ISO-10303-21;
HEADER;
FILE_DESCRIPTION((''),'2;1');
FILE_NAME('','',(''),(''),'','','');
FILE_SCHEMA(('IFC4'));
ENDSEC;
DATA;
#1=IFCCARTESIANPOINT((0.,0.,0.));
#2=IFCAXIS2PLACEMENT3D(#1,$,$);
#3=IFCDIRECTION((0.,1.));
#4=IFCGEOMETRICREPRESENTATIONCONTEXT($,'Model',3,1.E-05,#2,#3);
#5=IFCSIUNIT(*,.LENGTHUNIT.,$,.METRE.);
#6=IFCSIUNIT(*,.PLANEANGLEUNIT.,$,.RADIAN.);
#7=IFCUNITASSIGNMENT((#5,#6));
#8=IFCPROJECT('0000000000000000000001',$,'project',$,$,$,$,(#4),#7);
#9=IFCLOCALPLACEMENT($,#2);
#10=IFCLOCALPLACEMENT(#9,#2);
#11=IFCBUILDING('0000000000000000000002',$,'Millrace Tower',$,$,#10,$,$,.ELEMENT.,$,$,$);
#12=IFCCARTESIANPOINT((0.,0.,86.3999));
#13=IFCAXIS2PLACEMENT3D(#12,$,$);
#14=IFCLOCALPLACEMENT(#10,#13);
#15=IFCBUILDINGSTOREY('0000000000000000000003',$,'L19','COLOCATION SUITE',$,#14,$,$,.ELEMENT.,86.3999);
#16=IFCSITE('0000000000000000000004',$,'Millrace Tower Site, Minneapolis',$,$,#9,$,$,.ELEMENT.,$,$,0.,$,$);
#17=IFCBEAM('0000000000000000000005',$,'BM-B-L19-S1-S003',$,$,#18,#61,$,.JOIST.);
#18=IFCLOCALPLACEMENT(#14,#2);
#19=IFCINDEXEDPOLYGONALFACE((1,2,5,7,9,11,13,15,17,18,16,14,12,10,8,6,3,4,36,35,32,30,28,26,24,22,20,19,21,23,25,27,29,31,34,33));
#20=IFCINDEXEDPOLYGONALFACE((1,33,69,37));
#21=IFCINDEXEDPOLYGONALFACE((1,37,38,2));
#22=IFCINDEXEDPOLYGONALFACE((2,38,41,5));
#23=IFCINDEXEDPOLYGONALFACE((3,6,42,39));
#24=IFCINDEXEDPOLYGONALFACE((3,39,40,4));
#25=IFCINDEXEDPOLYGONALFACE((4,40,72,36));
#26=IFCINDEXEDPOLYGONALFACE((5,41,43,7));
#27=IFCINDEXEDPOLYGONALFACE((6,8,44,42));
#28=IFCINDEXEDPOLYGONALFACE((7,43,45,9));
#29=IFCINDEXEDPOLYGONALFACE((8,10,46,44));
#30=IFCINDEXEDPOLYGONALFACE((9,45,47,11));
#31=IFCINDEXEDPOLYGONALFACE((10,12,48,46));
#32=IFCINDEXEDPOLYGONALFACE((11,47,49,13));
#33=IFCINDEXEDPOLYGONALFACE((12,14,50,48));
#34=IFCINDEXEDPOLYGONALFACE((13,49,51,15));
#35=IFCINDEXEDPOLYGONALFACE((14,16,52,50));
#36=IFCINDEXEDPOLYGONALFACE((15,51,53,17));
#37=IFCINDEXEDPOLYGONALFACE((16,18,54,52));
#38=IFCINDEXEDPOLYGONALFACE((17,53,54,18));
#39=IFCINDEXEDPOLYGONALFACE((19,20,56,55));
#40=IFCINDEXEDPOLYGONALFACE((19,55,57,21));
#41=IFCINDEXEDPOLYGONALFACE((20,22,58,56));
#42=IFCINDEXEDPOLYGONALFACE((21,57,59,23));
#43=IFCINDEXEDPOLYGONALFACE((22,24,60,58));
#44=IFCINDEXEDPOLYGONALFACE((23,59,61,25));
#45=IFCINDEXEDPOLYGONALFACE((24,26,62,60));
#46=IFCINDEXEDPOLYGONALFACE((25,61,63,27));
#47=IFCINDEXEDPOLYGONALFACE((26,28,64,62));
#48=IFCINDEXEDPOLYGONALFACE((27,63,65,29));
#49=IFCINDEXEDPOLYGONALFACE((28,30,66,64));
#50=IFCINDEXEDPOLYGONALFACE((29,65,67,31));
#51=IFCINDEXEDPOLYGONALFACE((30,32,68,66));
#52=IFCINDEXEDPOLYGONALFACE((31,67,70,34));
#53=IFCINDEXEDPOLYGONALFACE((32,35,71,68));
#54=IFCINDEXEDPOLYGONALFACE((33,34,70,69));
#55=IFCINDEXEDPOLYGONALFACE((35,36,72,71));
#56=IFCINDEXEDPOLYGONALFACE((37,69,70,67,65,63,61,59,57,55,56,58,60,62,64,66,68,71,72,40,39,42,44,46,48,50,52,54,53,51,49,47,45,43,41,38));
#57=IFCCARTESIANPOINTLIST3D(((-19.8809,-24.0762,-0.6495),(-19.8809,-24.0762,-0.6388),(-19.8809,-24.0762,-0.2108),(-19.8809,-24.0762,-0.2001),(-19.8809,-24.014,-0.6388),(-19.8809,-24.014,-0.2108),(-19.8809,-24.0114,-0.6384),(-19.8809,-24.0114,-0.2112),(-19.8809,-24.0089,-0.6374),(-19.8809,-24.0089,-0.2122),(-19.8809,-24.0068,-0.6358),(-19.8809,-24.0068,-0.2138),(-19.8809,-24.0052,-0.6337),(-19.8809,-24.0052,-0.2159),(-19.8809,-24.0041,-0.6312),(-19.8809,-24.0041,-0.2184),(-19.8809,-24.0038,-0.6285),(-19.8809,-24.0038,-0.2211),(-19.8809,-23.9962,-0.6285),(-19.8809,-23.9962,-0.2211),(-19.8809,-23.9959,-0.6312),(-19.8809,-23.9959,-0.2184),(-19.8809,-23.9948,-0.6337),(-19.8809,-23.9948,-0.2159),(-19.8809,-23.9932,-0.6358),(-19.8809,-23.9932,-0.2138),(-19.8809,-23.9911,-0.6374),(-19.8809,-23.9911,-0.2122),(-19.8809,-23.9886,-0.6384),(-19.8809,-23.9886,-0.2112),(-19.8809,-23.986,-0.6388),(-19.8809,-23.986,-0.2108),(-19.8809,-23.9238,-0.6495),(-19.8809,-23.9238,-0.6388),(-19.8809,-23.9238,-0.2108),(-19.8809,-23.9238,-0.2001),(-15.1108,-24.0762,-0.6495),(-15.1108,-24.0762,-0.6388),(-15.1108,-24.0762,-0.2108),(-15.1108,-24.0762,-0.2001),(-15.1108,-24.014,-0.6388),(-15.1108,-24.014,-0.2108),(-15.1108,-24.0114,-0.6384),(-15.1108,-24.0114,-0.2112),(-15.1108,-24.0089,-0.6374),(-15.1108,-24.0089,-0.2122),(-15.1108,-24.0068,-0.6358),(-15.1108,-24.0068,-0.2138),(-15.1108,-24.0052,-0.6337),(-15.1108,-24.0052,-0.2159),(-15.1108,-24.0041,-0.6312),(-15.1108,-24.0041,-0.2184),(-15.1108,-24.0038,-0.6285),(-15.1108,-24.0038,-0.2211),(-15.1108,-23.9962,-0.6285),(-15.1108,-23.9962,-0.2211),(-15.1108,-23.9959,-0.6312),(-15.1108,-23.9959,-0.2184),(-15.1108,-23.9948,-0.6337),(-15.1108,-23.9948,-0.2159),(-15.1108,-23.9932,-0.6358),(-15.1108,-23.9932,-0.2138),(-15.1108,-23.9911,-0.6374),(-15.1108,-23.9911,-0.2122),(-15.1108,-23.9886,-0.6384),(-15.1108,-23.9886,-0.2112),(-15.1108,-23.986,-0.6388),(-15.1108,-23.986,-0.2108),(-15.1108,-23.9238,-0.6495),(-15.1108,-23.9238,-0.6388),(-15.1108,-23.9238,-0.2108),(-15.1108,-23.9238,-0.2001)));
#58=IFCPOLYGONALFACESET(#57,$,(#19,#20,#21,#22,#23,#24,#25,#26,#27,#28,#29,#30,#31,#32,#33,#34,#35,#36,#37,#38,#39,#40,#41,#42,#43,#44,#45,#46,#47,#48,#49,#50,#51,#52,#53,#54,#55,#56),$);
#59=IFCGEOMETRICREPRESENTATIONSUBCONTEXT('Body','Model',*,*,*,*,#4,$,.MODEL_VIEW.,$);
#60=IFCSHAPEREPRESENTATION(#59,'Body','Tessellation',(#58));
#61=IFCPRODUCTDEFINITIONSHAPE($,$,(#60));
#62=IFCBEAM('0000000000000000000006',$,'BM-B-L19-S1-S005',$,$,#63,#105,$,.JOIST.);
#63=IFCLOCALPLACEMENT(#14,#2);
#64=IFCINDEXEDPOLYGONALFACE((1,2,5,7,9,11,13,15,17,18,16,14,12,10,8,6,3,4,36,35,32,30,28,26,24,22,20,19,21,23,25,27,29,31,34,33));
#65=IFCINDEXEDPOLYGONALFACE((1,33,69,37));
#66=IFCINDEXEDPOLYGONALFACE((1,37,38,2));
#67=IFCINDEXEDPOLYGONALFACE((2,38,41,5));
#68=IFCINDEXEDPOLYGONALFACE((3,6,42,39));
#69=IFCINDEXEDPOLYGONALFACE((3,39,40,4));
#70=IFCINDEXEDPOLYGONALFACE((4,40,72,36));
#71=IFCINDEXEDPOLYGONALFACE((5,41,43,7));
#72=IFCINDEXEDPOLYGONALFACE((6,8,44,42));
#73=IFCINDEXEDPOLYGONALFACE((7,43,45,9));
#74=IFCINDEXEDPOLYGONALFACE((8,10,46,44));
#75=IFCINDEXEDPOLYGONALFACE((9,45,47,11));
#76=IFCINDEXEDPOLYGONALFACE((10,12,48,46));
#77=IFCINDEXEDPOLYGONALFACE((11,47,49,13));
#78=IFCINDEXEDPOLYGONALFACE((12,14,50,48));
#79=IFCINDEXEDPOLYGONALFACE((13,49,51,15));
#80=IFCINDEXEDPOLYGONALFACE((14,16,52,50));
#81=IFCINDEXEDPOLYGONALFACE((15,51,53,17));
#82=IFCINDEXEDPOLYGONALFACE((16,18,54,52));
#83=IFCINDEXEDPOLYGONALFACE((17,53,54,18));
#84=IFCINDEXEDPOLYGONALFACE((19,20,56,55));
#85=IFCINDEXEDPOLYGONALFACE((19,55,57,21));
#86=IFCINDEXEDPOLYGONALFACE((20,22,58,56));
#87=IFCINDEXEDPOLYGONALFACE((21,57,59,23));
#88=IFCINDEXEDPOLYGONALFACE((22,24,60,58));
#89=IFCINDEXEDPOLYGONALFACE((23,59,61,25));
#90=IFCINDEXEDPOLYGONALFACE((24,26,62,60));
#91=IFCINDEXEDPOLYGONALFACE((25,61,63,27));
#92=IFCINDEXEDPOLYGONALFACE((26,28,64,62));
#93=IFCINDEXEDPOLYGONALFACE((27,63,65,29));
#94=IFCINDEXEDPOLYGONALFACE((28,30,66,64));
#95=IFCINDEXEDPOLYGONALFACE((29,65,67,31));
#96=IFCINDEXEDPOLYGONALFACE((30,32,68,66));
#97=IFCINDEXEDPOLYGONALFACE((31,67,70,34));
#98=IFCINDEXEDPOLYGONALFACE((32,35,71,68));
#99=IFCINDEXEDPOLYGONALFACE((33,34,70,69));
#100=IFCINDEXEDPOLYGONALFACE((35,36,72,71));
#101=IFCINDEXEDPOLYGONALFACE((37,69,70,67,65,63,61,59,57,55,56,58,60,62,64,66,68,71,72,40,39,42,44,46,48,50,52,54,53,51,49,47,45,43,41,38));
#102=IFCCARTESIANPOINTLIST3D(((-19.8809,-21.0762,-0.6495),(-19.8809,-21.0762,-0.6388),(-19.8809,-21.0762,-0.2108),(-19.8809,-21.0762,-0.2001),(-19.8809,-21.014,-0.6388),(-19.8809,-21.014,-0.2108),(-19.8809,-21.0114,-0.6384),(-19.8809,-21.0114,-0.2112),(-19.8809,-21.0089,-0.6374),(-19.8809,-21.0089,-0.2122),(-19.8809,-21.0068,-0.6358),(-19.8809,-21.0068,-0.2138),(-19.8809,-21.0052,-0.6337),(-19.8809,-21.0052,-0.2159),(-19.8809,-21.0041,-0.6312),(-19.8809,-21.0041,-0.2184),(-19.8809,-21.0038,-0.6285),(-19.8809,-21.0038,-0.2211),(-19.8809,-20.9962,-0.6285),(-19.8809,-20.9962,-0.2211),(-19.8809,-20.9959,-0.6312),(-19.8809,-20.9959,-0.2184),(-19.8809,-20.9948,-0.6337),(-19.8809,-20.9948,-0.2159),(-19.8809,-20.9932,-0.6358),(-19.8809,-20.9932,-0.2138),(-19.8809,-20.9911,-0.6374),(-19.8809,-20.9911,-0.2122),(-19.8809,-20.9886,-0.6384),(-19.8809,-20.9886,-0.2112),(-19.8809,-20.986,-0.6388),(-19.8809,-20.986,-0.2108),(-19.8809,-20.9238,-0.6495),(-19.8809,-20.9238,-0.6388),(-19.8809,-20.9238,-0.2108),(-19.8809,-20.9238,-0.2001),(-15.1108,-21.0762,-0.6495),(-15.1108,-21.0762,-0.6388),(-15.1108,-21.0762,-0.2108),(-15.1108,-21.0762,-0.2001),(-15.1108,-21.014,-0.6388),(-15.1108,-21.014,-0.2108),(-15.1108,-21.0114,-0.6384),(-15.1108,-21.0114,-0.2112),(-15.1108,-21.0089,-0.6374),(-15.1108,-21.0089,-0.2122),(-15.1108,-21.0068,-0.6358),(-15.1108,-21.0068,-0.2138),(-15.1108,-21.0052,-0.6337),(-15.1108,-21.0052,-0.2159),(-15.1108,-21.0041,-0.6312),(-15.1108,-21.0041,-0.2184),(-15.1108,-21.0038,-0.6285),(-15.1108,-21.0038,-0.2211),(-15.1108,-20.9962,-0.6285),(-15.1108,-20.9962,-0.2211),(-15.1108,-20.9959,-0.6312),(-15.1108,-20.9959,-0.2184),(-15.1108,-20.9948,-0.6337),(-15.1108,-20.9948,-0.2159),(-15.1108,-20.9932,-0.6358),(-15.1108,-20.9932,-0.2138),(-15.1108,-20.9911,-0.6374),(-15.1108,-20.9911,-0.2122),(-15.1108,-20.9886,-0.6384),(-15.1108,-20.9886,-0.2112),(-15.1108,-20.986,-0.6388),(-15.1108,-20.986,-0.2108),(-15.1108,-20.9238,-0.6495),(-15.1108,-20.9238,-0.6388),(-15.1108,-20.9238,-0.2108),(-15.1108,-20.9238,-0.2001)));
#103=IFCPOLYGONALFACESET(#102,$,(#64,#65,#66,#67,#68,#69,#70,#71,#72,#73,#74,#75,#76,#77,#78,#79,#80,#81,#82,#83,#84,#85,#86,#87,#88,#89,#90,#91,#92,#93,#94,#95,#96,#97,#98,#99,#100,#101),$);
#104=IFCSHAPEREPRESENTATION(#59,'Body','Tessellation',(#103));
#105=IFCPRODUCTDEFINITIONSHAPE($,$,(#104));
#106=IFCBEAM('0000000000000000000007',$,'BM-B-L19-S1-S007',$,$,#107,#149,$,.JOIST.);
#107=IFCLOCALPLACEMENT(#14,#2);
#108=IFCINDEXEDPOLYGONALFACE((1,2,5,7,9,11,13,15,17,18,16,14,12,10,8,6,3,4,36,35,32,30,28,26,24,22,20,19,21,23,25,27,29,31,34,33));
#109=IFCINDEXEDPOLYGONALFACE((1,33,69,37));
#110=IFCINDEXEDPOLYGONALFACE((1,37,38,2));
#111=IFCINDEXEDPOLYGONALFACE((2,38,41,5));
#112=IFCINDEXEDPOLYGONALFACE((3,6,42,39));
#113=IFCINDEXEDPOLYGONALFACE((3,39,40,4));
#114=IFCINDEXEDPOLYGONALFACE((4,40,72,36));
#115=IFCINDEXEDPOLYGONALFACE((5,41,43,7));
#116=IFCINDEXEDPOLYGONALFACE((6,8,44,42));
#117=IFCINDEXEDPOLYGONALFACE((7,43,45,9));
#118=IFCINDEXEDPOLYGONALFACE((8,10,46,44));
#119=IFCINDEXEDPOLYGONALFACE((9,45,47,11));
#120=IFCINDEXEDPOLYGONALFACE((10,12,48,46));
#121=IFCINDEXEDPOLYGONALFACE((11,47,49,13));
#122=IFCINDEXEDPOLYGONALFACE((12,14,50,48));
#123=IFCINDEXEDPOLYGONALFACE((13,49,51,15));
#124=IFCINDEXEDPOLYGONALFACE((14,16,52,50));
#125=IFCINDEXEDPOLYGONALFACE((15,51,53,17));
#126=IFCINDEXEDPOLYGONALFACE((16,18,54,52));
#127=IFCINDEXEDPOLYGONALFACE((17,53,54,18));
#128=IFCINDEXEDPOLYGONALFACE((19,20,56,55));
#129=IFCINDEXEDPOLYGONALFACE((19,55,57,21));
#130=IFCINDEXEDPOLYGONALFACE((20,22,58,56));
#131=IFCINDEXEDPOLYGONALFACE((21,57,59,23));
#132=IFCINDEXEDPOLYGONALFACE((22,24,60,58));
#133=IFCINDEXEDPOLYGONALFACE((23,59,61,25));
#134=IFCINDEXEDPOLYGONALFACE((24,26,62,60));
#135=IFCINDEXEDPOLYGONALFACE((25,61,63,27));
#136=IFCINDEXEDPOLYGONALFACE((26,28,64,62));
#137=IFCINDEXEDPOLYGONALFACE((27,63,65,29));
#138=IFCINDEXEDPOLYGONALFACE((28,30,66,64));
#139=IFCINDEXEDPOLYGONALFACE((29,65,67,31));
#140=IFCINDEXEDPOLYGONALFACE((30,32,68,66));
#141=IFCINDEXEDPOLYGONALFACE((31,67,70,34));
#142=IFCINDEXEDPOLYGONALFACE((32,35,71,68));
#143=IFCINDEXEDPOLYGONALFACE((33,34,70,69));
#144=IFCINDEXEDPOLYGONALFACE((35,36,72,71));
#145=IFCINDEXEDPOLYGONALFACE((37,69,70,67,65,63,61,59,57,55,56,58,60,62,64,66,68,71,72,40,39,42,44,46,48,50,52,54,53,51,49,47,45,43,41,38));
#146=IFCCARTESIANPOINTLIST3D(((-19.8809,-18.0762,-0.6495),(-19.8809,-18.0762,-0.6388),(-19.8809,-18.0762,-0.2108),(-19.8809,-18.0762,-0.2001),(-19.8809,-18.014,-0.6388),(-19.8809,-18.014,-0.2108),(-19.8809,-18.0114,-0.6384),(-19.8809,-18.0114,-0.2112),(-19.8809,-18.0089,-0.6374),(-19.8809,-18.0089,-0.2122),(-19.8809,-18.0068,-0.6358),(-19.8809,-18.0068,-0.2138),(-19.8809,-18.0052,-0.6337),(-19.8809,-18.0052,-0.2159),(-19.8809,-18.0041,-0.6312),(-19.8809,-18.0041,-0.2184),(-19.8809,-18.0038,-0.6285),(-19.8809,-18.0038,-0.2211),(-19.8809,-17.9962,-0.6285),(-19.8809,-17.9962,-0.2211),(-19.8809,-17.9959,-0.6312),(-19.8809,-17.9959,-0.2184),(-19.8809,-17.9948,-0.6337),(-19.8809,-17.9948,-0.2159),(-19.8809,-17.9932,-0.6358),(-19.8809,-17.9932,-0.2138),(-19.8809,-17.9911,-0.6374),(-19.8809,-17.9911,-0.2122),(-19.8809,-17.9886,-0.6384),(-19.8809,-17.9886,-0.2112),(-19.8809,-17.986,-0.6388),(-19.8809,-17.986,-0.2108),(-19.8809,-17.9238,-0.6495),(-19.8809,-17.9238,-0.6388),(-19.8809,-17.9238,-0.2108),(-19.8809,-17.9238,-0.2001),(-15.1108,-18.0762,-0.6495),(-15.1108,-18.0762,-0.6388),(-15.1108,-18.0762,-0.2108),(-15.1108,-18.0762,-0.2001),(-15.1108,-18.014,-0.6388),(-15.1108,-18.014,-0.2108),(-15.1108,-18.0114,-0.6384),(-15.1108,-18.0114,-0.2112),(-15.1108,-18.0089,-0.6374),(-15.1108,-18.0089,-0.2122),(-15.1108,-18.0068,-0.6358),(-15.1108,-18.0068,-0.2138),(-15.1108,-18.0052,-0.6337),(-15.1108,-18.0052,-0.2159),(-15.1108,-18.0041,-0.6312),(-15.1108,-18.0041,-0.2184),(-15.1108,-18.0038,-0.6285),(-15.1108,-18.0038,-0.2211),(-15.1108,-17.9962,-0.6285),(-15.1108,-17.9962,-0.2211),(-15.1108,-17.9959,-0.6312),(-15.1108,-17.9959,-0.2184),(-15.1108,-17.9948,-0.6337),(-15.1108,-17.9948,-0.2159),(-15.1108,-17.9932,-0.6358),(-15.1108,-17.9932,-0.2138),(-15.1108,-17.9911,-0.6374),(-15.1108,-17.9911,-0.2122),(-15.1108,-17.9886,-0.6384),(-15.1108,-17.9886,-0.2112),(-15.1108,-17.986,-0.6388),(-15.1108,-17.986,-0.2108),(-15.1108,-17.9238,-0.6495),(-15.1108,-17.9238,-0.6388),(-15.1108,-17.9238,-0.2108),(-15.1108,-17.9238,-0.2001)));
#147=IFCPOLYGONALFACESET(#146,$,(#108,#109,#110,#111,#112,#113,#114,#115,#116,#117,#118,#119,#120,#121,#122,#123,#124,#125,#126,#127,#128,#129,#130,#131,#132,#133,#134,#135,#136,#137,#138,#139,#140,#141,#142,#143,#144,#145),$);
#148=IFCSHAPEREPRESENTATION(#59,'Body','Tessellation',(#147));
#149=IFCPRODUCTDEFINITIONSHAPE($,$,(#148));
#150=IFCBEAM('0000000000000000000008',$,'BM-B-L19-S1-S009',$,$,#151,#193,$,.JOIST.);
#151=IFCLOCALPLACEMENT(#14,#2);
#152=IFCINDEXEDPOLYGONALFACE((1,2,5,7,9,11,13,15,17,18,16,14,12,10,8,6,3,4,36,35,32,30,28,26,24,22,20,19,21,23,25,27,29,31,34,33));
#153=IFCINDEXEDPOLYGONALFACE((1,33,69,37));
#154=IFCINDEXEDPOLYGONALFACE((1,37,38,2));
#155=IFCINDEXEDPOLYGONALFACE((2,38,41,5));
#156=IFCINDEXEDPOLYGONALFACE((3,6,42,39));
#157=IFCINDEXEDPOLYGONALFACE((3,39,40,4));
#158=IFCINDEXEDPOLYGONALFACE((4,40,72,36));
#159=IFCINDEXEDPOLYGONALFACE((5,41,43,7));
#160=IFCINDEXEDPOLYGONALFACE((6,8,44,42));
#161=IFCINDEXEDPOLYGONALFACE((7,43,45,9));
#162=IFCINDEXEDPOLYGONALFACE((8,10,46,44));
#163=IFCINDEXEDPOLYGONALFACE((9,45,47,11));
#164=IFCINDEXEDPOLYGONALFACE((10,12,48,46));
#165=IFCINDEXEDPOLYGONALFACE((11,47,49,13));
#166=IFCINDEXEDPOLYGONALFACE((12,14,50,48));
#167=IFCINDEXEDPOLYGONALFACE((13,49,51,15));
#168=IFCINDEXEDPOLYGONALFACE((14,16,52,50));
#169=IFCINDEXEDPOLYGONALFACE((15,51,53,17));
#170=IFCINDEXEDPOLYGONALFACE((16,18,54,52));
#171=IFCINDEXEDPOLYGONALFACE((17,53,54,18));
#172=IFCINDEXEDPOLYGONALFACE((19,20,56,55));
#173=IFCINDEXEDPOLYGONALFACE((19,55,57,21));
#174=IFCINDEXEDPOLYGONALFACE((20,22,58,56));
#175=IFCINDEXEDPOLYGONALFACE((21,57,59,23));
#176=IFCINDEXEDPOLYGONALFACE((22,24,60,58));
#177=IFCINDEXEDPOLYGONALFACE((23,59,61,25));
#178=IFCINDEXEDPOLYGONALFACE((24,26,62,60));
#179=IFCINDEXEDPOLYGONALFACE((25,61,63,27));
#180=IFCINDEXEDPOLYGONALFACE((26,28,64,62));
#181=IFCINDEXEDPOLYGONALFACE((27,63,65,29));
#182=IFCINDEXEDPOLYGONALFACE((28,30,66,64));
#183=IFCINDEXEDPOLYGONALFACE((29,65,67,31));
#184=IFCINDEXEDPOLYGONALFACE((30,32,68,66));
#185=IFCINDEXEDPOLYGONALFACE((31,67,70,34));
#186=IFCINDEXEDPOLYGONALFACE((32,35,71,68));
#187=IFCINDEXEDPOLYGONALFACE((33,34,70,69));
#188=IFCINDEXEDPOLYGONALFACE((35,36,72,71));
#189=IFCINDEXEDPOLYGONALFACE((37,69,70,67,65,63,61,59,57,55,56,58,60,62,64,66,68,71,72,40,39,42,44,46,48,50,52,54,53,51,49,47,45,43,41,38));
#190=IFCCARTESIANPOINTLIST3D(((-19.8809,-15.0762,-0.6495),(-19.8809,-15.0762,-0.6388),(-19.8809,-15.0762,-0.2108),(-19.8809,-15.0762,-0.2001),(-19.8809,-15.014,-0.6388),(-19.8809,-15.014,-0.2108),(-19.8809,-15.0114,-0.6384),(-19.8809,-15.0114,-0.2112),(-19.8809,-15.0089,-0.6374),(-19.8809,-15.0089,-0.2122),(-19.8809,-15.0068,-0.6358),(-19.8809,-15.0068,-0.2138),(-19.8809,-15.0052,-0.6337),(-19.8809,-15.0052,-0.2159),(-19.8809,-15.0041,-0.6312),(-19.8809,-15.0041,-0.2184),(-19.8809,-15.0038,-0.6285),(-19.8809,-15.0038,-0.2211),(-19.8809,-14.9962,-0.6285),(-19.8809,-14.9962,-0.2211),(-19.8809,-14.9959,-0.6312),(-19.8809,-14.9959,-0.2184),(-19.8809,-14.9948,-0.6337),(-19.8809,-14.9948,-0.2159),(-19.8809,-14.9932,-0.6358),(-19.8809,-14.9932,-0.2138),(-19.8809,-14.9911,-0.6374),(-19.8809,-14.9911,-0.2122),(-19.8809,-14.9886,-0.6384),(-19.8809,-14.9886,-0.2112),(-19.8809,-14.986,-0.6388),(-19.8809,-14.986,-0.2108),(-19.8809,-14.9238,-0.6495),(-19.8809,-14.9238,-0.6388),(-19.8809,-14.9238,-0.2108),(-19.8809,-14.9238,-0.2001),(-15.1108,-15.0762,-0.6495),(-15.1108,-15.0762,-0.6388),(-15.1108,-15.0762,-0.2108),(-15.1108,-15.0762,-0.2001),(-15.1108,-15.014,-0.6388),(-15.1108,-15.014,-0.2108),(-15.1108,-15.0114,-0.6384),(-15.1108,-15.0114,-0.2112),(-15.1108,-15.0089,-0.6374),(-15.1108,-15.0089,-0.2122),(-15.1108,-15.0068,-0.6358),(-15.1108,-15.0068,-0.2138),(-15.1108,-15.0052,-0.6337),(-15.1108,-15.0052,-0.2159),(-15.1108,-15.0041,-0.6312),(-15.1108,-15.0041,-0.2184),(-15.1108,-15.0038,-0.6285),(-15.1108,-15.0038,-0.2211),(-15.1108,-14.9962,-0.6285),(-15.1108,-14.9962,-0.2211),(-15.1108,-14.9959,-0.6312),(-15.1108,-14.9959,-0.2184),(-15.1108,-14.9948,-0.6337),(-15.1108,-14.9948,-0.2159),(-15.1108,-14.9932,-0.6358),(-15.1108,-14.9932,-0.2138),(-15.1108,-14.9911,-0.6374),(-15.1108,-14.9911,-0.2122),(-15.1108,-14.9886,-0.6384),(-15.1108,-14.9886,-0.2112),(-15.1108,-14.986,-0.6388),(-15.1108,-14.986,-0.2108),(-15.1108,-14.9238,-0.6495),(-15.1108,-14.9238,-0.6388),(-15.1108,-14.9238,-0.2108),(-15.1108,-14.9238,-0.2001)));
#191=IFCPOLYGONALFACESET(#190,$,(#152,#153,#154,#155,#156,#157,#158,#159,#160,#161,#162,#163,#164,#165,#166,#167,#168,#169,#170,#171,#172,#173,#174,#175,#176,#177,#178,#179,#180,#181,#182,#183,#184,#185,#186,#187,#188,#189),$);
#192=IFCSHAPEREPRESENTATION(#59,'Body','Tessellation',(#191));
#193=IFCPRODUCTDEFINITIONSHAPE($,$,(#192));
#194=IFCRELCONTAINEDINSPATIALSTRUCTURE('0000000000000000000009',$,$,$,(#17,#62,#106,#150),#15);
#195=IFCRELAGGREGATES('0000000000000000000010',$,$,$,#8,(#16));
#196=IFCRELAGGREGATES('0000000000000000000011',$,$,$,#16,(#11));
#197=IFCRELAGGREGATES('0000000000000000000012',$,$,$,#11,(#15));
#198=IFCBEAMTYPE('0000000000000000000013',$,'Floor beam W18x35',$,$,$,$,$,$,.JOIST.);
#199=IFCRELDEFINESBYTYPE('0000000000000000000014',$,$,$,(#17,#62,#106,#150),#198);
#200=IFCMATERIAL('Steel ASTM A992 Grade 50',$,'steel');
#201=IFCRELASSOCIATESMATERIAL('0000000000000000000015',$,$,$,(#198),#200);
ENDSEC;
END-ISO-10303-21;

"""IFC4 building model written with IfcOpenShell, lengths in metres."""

from ifc_helpers import new_model, si_unit, direction, frame, origin, origin_2d, place, context, subcontext, project, spatial, i_section, extrude, material, material_profile, profile_set, type_object, element, save


model = new_model("IFC4")

# Units and contexts
model_context = context("Model", 3, precision=1e-05, world=origin(), true_north=direction((0.0, 1.0)))
body_context = subcontext(model_context, "Body", "Model", "MODEL_VIEW")
ifc_project = project(units=[si_unit("LENGTHUNIT", "METRE"), si_unit("PLANEANGLEUNIT", "RADIAN")], contexts=[model_context])

# Site, building, storey
site_placement = place(None, origin())
site = spatial("IfcSite", under=ifc_project, at=site_placement, Name="Millrace Tower Site, Minneapolis", CompositionType="ELEMENT", RefElevation=0.0)
building_placement = place(site_placement, origin())
building = spatial("IfcBuilding", under=site, at=building_placement, Name="Millrace Tower", CompositionType="ELEMENT")
storey_placement = place(building_placement, frame((0.0, 0.0, 86.3999)))
storey = spatial("IfcBuildingStorey", under=building, at=storey_placement, Name="L19", Description="COLOCATION SUITE", CompositionType="ELEMENT", Elevation=86.3999)

# Beams
ifc_material_1 = material(Name="Steel ASTM A992 Grade 50", Category="steel")
ifc_material_profile_1 = material_profile(ifc_material_1, i_section(OverallWidth=0.1523, OverallDepth=0.4495, WebThickness=0.0076, FlangeThickness=0.0107, FilletRadius=0.0103, at=origin_2d()))
ifc_profile_set_1 = profile_set([ifc_material_profile_1], Name="Steel ASTM A992 Grade 50")
beam_type_1 = type_object("IfcBeamType", Name="Floor beam W18x35", PredefinedType="JOIST", material=ifc_profile_set_1)
for number, where, z_axis, x_axis, name in (
    (1, (-19.8809, -24.0, -0.4248), (1.0, 0.0, 0.0), (0.0, 1.0, 0.0), "BM-B-L19-S1-S003"),
    (2, (-19.8809, -21.0, -0.4248), (1.0, 0.0, 0.0), (0.0, 1.0, 0.0), "BM-B-L19-S1-S005"),
    (3, (-19.8809, -18.0, -0.4248), (1.0, 0.0, 0.0), (0.0, 1.0, 0.0), "BM-B-L19-S1-S007"),
    (4, (-19.8809, -15.0, -0.4248), (1.0, 0.0, 0.0), (0.0, 1.0, 0.0), "BM-B-L19-S1-S009"),
):
    element("IfcBeam", number, at=place(storey_placement, frame(where, z_axis=z_axis, x_axis=x_axis)), inside=storey, type_object=beam_type_1, Name=name, PredefinedType="JOIST", context=body_context, shape_type="SweptSolid", body=[
        extrude(i_section(OverallWidth=0.1523, OverallDepth=0.4495, WebThickness=0.0076, FlangeThickness=0.0107, FilletRadius=0.0103, at=origin_2d()), origin(), (0.0, 0.0, 1.0), 4.77),
    ])

save(model, "model.ifc")
